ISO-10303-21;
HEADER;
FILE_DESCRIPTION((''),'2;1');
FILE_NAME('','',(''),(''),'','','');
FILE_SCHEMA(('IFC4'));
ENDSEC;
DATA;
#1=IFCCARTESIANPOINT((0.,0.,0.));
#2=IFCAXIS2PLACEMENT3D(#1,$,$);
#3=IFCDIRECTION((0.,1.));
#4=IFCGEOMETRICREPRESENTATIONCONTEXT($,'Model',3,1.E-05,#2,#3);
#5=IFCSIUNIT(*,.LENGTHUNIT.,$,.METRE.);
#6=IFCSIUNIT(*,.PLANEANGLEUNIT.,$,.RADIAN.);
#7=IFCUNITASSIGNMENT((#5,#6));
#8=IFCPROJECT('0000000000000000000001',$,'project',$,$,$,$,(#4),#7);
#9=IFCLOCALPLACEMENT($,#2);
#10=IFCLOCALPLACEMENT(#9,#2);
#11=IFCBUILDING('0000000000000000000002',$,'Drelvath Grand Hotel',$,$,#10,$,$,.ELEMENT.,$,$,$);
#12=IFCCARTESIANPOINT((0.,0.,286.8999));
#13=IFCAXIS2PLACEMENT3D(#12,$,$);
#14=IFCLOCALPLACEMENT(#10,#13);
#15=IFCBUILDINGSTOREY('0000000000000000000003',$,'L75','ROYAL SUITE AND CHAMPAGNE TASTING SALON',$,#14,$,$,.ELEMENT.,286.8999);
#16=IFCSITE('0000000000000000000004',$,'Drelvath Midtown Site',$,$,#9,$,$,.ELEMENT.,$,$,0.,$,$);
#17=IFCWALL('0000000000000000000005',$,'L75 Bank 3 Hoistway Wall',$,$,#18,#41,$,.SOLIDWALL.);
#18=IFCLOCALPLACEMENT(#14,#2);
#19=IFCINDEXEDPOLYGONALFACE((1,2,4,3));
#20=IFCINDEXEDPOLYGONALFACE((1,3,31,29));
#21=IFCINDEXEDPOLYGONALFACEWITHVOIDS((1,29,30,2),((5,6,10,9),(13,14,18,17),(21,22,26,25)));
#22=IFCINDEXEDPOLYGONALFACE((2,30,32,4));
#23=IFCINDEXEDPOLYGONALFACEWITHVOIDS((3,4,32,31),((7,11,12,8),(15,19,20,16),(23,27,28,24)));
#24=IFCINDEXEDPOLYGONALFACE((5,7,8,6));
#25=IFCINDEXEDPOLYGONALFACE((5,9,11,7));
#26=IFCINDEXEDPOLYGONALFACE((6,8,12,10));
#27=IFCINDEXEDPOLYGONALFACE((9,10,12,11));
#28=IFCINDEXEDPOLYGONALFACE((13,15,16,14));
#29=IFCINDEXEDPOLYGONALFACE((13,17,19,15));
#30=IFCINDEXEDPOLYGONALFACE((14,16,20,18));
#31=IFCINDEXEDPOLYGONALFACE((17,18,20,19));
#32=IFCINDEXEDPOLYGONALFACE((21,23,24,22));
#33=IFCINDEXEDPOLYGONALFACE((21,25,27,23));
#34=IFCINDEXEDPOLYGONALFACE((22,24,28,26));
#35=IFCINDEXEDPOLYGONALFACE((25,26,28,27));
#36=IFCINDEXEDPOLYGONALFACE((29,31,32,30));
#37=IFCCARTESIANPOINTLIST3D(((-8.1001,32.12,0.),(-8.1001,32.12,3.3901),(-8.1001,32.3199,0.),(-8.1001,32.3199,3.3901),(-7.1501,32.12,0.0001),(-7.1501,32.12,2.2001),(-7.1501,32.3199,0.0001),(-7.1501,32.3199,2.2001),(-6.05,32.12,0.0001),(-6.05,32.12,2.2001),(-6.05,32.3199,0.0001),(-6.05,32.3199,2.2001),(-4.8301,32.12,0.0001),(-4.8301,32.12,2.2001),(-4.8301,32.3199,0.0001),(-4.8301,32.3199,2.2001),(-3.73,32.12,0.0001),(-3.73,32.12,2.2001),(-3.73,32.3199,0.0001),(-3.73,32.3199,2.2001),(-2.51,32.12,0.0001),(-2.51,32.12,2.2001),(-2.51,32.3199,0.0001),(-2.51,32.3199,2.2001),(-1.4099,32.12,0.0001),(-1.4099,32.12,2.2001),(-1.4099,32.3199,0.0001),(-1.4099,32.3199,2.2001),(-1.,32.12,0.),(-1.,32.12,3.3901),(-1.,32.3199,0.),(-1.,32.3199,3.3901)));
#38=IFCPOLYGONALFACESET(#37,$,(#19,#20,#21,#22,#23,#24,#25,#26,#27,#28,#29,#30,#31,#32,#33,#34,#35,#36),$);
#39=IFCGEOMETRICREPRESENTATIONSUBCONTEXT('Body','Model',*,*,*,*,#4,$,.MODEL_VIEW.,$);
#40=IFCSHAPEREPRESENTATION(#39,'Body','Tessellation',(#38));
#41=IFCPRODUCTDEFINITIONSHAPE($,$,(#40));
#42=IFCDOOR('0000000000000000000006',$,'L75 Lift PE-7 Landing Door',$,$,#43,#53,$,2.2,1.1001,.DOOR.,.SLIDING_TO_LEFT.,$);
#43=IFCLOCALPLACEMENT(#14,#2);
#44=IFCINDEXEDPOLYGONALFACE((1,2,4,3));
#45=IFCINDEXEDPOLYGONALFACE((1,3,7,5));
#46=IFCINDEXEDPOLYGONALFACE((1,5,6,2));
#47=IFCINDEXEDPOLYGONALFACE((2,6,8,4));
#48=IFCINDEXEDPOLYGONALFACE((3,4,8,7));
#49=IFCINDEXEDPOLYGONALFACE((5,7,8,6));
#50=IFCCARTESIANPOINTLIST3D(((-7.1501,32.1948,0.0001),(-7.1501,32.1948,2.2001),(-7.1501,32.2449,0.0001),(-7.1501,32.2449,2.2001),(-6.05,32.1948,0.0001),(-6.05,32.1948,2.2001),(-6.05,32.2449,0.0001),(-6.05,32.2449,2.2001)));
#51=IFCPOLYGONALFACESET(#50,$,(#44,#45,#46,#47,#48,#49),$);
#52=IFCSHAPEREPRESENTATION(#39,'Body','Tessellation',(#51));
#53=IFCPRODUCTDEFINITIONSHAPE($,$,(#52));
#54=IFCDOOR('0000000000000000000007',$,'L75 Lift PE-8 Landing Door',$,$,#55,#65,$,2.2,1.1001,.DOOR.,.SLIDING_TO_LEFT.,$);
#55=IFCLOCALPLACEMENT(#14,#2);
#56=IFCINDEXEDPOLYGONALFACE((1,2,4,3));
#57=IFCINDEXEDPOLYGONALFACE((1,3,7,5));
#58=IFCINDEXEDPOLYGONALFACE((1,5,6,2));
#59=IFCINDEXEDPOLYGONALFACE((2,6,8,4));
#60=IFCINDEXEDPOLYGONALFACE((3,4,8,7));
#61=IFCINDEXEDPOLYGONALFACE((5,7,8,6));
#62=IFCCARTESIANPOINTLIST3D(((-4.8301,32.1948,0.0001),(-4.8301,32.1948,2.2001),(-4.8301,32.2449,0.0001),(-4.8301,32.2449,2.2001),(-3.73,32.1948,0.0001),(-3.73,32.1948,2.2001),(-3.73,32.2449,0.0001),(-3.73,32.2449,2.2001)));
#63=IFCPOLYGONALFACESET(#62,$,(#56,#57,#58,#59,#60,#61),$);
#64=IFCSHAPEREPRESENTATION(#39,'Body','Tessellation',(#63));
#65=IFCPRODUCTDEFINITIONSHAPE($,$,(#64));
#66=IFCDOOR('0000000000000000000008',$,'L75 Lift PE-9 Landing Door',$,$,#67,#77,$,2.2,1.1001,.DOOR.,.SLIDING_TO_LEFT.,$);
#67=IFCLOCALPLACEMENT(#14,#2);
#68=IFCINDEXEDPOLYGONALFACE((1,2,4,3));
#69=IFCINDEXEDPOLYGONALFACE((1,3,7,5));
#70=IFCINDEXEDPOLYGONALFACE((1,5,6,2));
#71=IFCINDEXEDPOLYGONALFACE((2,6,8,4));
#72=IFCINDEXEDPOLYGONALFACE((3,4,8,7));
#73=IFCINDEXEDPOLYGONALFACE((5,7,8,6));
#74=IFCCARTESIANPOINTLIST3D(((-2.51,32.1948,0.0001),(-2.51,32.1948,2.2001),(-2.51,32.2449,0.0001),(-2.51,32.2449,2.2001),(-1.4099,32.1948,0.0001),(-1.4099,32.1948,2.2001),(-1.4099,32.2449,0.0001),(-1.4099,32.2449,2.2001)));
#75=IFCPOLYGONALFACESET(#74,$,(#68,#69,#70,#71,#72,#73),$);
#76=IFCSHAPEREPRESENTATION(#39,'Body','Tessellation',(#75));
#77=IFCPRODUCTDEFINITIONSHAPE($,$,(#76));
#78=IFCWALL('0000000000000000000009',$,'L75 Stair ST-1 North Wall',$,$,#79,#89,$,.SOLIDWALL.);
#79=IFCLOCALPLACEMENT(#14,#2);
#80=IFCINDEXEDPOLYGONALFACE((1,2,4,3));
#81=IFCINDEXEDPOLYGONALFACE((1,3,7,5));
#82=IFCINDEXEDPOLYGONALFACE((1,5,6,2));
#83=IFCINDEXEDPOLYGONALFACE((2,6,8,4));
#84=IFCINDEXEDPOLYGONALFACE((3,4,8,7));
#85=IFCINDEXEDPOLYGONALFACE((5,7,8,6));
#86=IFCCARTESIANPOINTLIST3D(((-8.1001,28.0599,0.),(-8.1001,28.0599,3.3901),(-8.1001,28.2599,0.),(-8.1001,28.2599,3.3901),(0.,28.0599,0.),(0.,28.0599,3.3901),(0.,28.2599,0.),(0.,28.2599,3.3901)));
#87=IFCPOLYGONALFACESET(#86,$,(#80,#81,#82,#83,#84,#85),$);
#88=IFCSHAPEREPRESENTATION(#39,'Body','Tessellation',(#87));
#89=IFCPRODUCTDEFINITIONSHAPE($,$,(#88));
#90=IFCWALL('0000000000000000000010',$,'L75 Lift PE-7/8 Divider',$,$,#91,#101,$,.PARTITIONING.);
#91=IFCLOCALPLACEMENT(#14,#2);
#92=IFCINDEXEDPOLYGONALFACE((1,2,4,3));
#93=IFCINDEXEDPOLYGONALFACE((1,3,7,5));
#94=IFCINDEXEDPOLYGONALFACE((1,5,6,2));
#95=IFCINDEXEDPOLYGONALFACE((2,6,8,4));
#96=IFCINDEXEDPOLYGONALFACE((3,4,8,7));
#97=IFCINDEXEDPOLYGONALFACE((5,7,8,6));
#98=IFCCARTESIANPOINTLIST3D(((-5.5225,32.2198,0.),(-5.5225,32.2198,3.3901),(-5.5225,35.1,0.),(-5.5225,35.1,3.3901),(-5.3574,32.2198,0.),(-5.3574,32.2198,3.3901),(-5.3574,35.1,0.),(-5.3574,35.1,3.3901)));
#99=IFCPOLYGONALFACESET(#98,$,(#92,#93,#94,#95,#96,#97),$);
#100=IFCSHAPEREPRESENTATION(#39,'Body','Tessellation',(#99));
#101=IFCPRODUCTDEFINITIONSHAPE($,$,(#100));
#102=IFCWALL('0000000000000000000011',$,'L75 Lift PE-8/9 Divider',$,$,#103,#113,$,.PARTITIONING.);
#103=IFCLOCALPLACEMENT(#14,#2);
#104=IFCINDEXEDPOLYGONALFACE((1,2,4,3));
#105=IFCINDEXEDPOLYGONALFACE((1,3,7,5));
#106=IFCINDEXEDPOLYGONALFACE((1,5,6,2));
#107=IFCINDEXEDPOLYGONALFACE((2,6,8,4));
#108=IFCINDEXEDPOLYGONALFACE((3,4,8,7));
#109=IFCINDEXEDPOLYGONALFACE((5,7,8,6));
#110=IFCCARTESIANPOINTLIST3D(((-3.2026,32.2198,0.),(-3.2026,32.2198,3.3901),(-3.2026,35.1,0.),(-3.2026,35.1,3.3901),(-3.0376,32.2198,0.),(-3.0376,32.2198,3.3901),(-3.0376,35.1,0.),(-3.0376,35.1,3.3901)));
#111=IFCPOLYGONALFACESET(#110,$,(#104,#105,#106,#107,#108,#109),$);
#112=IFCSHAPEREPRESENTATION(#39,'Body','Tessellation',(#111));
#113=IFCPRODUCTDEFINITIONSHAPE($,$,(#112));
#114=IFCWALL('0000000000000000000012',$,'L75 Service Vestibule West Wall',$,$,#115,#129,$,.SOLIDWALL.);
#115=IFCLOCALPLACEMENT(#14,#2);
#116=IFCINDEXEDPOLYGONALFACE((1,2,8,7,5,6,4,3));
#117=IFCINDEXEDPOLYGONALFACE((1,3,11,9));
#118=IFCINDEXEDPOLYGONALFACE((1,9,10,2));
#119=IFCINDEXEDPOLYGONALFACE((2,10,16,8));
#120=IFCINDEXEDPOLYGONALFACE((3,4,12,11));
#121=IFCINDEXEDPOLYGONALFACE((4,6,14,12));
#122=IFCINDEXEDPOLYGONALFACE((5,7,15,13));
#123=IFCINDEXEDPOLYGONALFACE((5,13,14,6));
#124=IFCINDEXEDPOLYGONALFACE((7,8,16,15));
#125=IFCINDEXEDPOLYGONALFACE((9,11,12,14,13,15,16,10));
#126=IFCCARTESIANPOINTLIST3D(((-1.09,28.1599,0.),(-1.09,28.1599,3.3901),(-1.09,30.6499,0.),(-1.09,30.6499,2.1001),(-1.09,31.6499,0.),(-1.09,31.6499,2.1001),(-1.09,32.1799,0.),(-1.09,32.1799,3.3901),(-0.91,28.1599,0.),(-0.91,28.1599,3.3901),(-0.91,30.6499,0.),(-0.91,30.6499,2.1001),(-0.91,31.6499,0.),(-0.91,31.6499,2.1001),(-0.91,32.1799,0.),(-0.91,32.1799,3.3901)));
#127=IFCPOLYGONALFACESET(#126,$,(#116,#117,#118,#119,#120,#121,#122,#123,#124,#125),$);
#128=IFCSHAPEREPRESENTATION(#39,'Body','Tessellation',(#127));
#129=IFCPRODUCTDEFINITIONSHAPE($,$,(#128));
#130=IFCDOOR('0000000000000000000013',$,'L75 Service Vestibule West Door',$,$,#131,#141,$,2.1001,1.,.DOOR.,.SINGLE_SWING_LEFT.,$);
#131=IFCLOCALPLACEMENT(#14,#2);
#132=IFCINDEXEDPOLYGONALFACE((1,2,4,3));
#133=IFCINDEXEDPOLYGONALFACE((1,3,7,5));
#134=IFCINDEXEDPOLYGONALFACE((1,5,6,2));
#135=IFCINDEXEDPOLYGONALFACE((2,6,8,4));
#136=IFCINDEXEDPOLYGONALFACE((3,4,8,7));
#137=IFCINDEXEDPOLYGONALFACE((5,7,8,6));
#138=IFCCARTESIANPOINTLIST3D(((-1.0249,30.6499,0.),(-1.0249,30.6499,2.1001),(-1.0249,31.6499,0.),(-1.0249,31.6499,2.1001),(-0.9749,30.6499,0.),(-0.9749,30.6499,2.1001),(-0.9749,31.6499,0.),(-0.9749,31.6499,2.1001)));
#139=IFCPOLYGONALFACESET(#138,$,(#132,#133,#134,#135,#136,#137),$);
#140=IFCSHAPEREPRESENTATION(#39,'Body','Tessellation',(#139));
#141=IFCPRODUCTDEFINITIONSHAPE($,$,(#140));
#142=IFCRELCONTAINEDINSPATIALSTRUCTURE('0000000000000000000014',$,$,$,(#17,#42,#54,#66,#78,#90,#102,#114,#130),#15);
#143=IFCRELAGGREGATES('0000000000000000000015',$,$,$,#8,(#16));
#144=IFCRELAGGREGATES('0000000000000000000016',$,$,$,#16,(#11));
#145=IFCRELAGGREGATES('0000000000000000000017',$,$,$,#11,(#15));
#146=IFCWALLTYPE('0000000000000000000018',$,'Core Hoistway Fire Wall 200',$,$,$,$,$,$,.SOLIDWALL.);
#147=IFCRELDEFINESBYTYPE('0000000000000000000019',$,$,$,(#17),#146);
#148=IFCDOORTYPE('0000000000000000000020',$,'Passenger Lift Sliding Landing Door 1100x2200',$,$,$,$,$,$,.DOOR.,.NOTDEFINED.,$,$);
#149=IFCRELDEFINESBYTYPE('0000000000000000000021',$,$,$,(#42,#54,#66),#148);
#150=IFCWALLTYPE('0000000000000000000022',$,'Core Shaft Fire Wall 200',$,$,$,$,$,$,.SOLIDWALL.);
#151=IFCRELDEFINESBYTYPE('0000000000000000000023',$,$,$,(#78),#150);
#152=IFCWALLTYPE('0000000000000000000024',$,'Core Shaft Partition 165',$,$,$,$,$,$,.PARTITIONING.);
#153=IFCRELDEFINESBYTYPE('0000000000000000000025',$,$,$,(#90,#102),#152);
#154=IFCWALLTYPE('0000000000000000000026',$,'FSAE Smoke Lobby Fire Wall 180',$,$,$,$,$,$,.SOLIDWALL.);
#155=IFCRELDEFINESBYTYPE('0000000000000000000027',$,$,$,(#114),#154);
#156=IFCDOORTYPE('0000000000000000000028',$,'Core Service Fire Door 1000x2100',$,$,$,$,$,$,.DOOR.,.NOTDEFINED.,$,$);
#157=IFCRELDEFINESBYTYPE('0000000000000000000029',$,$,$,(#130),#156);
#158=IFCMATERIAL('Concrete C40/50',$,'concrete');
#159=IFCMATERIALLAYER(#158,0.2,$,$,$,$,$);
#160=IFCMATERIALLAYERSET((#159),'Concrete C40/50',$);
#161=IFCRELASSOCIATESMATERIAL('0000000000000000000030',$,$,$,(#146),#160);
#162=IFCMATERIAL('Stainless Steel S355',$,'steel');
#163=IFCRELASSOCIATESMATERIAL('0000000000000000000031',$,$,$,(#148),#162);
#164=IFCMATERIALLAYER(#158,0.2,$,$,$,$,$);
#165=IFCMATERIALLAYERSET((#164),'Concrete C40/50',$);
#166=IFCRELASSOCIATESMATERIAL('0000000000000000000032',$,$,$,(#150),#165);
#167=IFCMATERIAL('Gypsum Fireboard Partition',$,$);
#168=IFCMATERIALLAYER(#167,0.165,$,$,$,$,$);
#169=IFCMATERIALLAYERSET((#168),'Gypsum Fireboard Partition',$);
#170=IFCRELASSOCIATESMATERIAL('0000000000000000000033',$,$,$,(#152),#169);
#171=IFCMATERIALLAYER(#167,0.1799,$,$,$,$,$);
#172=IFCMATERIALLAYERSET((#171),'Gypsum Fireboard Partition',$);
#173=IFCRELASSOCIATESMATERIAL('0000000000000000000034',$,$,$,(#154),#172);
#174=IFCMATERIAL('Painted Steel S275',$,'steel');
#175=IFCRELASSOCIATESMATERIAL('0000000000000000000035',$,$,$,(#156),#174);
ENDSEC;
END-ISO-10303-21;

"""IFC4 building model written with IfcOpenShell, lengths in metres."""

from ifc_helpers import new_model, si_unit, direction, frame, frame_2d, origin, place, context, subcontext, project, spatial, rectangle, extrude, material, layer, layer_set, type_object, element, fill, save


model = new_model("IFC4")

# Units and contexts
model_context = context("Model", 3, precision=1e-05, world=origin(), true_north=direction((0.0, 1.0)))
body_context = subcontext(model_context, "Body", "Model", "MODEL_VIEW")
ifc_project = project(units=[si_unit("LENGTHUNIT", "METRE"), si_unit("PLANEANGLEUNIT", "RADIAN")], contexts=[model_context])

# Site, building, storey
site_placement = place(None, origin())
site = spatial("IfcSite", under=ifc_project, at=site_placement, Name="Drelvath Midtown Site", CompositionType="ELEMENT", RefElevation=0.0)
building_placement = place(site_placement, origin())
building = spatial("IfcBuilding", under=site, at=building_placement, Name="Drelvath Grand Hotel", CompositionType="ELEMENT")
storey_placement = place(building_placement, frame((0.0, 0.0, 286.8999)))
storey = spatial("IfcBuildingStorey", under=building, at=storey_placement, Name="L75", Description="ROYAL SUITE AND CHAMPAGNE TASTING SALON", CompositionType="ELEMENT", Elevation=286.8999)

# Shared definitions
ifc_material_1 = material(Name="Painted Steel S275", Category="steel")

# Shared definitions
ifc_material_2 = material(Name="Concrete C40/50", Category="concrete")
ifc_layer_1 = layer(ifc_material_2, 0.2)
ifc_layer_set_1 = layer_set([ifc_layer_1], Name="Concrete C40/50")
wall_type_1 = type_object("IfcWallType", Name="Core Hoistway Fire Wall 200", PredefinedType="SOLIDWALL", material=ifc_layer_set_1)
ifc_material_3 = material(Name="Stainless Steel S355", Category="steel")

# Wall, openings, doors
wall_1_placement = place(storey_placement, frame((-8.1001, 32.22, 0.0), z_axis=(0.0, 0.0, 1.0), x_axis=(1.0, 0.0, 0.0)))
wall_1 = element("IfcWall", 1, at=wall_1_placement, inside=storey, type_object=wall_type_1, Name="L75 Bank 3 Hoistway Wall", PredefinedType="SOLIDWALL", context=body_context, shape_type="SweptSolid", body=[
    extrude(rectangle(XDim=7.1001, YDim=0.2, at=frame_2d((3.55, 0.0))), origin(), (0.0, 0.0, 1.0), 3.3901),
])
opening_1_placement = place(wall_1_placement, frame((0.95, 0.0, 0.0)))
opening_1 = element("IfcOpeningElement", 2, at=opening_1_placement, cuts=wall_1, PredefinedType="OPENING", context=body_context, shape_type="SweptSolid", body=[
    extrude(rectangle(XDim=1.1001, YDim=2.2, at=frame_2d((0.55, 1.1001))), frame((0.0, 0.1099, 0.0), z_axis=(0.0, -1.0, 0.0), x_axis=(1.0, 0.0, 0.0)), (0.0, 0.0, 1.0), 0.22),
])
opening_2_placement = place(wall_1_placement, frame((3.27, 0.0, 0.0)))
opening_2 = element("IfcOpeningElement", 3, at=opening_2_placement, cuts=wall_1, PredefinedType="OPENING", context=body_context, shape_type="SweptSolid", body=[
    extrude(rectangle(XDim=1.1001, YDim=2.2, at=frame_2d((0.55, 1.1001))), frame((0.0, 0.1099, 0.0), z_axis=(0.0, -1.0, 0.0), x_axis=(1.0, 0.0, 0.0)), (0.0, 0.0, 1.0), 0.22),
])
opening_3_placement = place(wall_1_placement, frame((5.5901, 0.0, 0.0)))
opening_3 = element("IfcOpeningElement", 4, at=opening_3_placement, cuts=wall_1, PredefinedType="OPENING", context=body_context, shape_type="SweptSolid", body=[
    extrude(rectangle(XDim=1.1001, YDim=2.2, at=frame_2d((0.55, 1.1001))), frame((0.0, 0.1099, 0.0), z_axis=(0.0, -1.0, 0.0), x_axis=(1.0, 0.0, 0.0)), (0.0, 0.0, 1.0), 0.22),
])
door_type_1 = type_object("IfcDoorType", Name="Passenger Lift Sliding Landing Door 1100x2200", OperationType="NOTDEFINED", PredefinedType="DOOR", material=ifc_material_3)
door_1_placement = place(opening_1_placement, origin())
door_1 = element("IfcDoor", 5, at=door_1_placement, inside=storey, type_object=door_type_1, Name="L75 Lift PE-7 Landing Door", OperationType="SLIDING_TO_LEFT", OverallHeight=2.2, OverallWidth=1.1001, PredefinedType="DOOR", context=body_context, shape_type="SweptSolid", body=[
    extrude(rectangle(XDim=1.1001, YDim=2.2, at=frame_2d((0.55, 1.1001))), frame((0.0, 0.0249, 0.0), z_axis=(0.0, -1.0, 0.0), x_axis=(1.0, 0.0, 0.0)), (0.0, 0.0, 1.0), 0.05),
])
fill(opening_1, door_1)
door_2_placement = place(opening_2_placement, origin())
door_2 = element("IfcDoor", 6, at=door_2_placement, inside=storey, type_object=door_type_1, Name="L75 Lift PE-8 Landing Door", OperationType="SLIDING_TO_LEFT", OverallHeight=2.2, OverallWidth=1.1001, PredefinedType="DOOR", context=body_context, shape_type="SweptSolid", body=[
    extrude(rectangle(XDim=1.1001, YDim=2.2, at=frame_2d((0.55, 1.1001))), frame((0.0, 0.0249, 0.0), z_axis=(0.0, -1.0, 0.0), x_axis=(1.0, 0.0, 0.0)), (0.0, 0.0, 1.0), 0.05),
])
fill(opening_2, door_2)
door_3_placement = place(opening_3_placement, origin())
door_3 = element("IfcDoor", 7, at=door_3_placement, inside=storey, type_object=door_type_1, Name="L75 Lift PE-9 Landing Door", OperationType="SLIDING_TO_LEFT", OverallHeight=2.2, OverallWidth=1.1001, PredefinedType="DOOR", context=body_context, shape_type="SweptSolid", body=[
    extrude(rectangle(XDim=1.1001, YDim=2.2, at=frame_2d((0.55, 1.1001))), frame((0.0, 0.0249, 0.0), z_axis=(0.0, -1.0, 0.0), x_axis=(1.0, 0.0, 0.0)), (0.0, 0.0, 1.0), 0.05),
])
fill(opening_3, door_3)

# Walls
ifc_layer_2 = layer(ifc_material_2, 0.2)
ifc_layer_set_2 = layer_set([ifc_layer_2], Name="Concrete C40/50")
wall_type_2 = type_object("IfcWallType", Name="Core Shaft Fire Wall 200", PredefinedType="SOLIDWALL", material=ifc_layer_set_2)
wall_2_placement = place(storey_placement, frame((-8.1001, 28.1599, 0.0), z_axis=(0.0, 0.0, 1.0), x_axis=(1.0, 0.0, 0.0)))
element("IfcWall", 8, at=wall_2_placement, inside=storey, type_object=wall_type_2, Name="L75 Stair ST-1 North Wall", PredefinedType="SOLIDWALL", context=body_context, shape_type="SweptSolid", body=[
    extrude(rectangle(XDim=8.1001, YDim=0.2, at=frame_2d((4.05, 0.0))), origin(), (0.0, 0.0, 1.0), 3.3901),
])
ifc_material_4 = material(Name="Gypsum Fireboard Partition")
ifc_layer_3 = layer(ifc_material_4, 0.165)
ifc_layer_set_3 = layer_set([ifc_layer_3], Name="Gypsum Fireboard Partition")
wall_type_3 = type_object("IfcWallType", Name="Core Shaft Partition 165", PredefinedType="PARTITIONING", material=ifc_layer_set_3)
for number, where, z_axis, x_axis, name in (
    (9, (-5.4399, 32.22, 0.0), (0.0, 0.0, 1.0), (0.0, 1.0, 0.0), "L75 Lift PE-7/8 Divider"),
    (10, (-3.1201, 32.22, 0.0), (0.0, 0.0, 1.0), (0.0, 1.0, 0.0), "L75 Lift PE-8/9 Divider"),
):
    element("IfcWall", number, at=place(storey_placement, frame(where, z_axis=z_axis, x_axis=x_axis)), inside=storey, type_object=wall_type_3, Name=name, PredefinedType="PARTITIONING", context=body_context, shape_type="SweptSolid", body=[
        extrude(rectangle(XDim=2.8801, YDim=0.165, at=frame_2d((1.4399, 0.0))), origin(), (0.0, 0.0, 1.0), 3.3901),
    ])

# Wall, opening, door
ifc_layer_4 = layer(ifc_material_4, 0.1799)
ifc_layer_set_4 = layer_set([ifc_layer_4], Name="Gypsum Fireboard Partition")
wall_type_4 = type_object("IfcWallType", Name="FSAE Smoke Lobby Fire Wall 180", PredefinedType="SOLIDWALL", material=ifc_layer_set_4)
wall_3_placement = place(storey_placement, frame((-1.0, 28.1599, 0.0), z_axis=(0.0, 0.0, 1.0), x_axis=(0.0, 1.0, 0.0)))
wall_3 = element("IfcWall", 11, at=wall_3_placement, inside=storey, type_object=wall_type_4, Name="L75 Service Vestibule West Wall", PredefinedType="SOLIDWALL", context=body_context, shape_type="SweptSolid", body=[
    extrude(rectangle(XDim=4.02, YDim=0.1799, at=frame_2d((2.01, 0.0))), origin(), (0.0, 0.0, 1.0), 3.3901),
])
opening_4_placement = place(wall_3_placement, frame((2.49, 0.0, 0.0)))
opening_4 = element("IfcOpeningElement", 12, at=opening_4_placement, cuts=wall_3, PredefinedType="OPENING", context=body_context, shape_type="SweptSolid", body=[
    extrude(rectangle(XDim=1.0, YDim=2.1001, at=frame_2d((0.5, 1.05))), frame((0.0, 0.0999, 0.0), z_axis=(0.0, -1.0, 0.0), x_axis=(1.0, 0.0, 0.0)), (0.0, 0.0, 1.0), 0.2),
])
door_type_2 = type_object("IfcDoorType", Name="Core Service Fire Door 1000x2100", OperationType="NOTDEFINED", PredefinedType="DOOR", material=ifc_material_1)
door_4_placement = place(opening_4_placement, origin())
door_4 = element("IfcDoor", 13, at=door_4_placement, inside=storey, type_object=door_type_2, Name="L75 Service Vestibule West Door", OperationType="SINGLE_SWING_LEFT", OverallHeight=2.1001, OverallWidth=1.0, PredefinedType="DOOR", context=body_context, shape_type="SweptSolid", body=[
    extrude(rectangle(XDim=1.0, YDim=2.1001, at=frame_2d((0.5, 1.05))), frame((0.0, 0.0249, 0.0), z_axis=(0.0, -1.0, 0.0), x_axis=(1.0, 0.0, 0.0)), (0.0, 0.0, 1.0), 0.05),
])
fill(opening_4, door_4)

save(model, "model.ifc")
